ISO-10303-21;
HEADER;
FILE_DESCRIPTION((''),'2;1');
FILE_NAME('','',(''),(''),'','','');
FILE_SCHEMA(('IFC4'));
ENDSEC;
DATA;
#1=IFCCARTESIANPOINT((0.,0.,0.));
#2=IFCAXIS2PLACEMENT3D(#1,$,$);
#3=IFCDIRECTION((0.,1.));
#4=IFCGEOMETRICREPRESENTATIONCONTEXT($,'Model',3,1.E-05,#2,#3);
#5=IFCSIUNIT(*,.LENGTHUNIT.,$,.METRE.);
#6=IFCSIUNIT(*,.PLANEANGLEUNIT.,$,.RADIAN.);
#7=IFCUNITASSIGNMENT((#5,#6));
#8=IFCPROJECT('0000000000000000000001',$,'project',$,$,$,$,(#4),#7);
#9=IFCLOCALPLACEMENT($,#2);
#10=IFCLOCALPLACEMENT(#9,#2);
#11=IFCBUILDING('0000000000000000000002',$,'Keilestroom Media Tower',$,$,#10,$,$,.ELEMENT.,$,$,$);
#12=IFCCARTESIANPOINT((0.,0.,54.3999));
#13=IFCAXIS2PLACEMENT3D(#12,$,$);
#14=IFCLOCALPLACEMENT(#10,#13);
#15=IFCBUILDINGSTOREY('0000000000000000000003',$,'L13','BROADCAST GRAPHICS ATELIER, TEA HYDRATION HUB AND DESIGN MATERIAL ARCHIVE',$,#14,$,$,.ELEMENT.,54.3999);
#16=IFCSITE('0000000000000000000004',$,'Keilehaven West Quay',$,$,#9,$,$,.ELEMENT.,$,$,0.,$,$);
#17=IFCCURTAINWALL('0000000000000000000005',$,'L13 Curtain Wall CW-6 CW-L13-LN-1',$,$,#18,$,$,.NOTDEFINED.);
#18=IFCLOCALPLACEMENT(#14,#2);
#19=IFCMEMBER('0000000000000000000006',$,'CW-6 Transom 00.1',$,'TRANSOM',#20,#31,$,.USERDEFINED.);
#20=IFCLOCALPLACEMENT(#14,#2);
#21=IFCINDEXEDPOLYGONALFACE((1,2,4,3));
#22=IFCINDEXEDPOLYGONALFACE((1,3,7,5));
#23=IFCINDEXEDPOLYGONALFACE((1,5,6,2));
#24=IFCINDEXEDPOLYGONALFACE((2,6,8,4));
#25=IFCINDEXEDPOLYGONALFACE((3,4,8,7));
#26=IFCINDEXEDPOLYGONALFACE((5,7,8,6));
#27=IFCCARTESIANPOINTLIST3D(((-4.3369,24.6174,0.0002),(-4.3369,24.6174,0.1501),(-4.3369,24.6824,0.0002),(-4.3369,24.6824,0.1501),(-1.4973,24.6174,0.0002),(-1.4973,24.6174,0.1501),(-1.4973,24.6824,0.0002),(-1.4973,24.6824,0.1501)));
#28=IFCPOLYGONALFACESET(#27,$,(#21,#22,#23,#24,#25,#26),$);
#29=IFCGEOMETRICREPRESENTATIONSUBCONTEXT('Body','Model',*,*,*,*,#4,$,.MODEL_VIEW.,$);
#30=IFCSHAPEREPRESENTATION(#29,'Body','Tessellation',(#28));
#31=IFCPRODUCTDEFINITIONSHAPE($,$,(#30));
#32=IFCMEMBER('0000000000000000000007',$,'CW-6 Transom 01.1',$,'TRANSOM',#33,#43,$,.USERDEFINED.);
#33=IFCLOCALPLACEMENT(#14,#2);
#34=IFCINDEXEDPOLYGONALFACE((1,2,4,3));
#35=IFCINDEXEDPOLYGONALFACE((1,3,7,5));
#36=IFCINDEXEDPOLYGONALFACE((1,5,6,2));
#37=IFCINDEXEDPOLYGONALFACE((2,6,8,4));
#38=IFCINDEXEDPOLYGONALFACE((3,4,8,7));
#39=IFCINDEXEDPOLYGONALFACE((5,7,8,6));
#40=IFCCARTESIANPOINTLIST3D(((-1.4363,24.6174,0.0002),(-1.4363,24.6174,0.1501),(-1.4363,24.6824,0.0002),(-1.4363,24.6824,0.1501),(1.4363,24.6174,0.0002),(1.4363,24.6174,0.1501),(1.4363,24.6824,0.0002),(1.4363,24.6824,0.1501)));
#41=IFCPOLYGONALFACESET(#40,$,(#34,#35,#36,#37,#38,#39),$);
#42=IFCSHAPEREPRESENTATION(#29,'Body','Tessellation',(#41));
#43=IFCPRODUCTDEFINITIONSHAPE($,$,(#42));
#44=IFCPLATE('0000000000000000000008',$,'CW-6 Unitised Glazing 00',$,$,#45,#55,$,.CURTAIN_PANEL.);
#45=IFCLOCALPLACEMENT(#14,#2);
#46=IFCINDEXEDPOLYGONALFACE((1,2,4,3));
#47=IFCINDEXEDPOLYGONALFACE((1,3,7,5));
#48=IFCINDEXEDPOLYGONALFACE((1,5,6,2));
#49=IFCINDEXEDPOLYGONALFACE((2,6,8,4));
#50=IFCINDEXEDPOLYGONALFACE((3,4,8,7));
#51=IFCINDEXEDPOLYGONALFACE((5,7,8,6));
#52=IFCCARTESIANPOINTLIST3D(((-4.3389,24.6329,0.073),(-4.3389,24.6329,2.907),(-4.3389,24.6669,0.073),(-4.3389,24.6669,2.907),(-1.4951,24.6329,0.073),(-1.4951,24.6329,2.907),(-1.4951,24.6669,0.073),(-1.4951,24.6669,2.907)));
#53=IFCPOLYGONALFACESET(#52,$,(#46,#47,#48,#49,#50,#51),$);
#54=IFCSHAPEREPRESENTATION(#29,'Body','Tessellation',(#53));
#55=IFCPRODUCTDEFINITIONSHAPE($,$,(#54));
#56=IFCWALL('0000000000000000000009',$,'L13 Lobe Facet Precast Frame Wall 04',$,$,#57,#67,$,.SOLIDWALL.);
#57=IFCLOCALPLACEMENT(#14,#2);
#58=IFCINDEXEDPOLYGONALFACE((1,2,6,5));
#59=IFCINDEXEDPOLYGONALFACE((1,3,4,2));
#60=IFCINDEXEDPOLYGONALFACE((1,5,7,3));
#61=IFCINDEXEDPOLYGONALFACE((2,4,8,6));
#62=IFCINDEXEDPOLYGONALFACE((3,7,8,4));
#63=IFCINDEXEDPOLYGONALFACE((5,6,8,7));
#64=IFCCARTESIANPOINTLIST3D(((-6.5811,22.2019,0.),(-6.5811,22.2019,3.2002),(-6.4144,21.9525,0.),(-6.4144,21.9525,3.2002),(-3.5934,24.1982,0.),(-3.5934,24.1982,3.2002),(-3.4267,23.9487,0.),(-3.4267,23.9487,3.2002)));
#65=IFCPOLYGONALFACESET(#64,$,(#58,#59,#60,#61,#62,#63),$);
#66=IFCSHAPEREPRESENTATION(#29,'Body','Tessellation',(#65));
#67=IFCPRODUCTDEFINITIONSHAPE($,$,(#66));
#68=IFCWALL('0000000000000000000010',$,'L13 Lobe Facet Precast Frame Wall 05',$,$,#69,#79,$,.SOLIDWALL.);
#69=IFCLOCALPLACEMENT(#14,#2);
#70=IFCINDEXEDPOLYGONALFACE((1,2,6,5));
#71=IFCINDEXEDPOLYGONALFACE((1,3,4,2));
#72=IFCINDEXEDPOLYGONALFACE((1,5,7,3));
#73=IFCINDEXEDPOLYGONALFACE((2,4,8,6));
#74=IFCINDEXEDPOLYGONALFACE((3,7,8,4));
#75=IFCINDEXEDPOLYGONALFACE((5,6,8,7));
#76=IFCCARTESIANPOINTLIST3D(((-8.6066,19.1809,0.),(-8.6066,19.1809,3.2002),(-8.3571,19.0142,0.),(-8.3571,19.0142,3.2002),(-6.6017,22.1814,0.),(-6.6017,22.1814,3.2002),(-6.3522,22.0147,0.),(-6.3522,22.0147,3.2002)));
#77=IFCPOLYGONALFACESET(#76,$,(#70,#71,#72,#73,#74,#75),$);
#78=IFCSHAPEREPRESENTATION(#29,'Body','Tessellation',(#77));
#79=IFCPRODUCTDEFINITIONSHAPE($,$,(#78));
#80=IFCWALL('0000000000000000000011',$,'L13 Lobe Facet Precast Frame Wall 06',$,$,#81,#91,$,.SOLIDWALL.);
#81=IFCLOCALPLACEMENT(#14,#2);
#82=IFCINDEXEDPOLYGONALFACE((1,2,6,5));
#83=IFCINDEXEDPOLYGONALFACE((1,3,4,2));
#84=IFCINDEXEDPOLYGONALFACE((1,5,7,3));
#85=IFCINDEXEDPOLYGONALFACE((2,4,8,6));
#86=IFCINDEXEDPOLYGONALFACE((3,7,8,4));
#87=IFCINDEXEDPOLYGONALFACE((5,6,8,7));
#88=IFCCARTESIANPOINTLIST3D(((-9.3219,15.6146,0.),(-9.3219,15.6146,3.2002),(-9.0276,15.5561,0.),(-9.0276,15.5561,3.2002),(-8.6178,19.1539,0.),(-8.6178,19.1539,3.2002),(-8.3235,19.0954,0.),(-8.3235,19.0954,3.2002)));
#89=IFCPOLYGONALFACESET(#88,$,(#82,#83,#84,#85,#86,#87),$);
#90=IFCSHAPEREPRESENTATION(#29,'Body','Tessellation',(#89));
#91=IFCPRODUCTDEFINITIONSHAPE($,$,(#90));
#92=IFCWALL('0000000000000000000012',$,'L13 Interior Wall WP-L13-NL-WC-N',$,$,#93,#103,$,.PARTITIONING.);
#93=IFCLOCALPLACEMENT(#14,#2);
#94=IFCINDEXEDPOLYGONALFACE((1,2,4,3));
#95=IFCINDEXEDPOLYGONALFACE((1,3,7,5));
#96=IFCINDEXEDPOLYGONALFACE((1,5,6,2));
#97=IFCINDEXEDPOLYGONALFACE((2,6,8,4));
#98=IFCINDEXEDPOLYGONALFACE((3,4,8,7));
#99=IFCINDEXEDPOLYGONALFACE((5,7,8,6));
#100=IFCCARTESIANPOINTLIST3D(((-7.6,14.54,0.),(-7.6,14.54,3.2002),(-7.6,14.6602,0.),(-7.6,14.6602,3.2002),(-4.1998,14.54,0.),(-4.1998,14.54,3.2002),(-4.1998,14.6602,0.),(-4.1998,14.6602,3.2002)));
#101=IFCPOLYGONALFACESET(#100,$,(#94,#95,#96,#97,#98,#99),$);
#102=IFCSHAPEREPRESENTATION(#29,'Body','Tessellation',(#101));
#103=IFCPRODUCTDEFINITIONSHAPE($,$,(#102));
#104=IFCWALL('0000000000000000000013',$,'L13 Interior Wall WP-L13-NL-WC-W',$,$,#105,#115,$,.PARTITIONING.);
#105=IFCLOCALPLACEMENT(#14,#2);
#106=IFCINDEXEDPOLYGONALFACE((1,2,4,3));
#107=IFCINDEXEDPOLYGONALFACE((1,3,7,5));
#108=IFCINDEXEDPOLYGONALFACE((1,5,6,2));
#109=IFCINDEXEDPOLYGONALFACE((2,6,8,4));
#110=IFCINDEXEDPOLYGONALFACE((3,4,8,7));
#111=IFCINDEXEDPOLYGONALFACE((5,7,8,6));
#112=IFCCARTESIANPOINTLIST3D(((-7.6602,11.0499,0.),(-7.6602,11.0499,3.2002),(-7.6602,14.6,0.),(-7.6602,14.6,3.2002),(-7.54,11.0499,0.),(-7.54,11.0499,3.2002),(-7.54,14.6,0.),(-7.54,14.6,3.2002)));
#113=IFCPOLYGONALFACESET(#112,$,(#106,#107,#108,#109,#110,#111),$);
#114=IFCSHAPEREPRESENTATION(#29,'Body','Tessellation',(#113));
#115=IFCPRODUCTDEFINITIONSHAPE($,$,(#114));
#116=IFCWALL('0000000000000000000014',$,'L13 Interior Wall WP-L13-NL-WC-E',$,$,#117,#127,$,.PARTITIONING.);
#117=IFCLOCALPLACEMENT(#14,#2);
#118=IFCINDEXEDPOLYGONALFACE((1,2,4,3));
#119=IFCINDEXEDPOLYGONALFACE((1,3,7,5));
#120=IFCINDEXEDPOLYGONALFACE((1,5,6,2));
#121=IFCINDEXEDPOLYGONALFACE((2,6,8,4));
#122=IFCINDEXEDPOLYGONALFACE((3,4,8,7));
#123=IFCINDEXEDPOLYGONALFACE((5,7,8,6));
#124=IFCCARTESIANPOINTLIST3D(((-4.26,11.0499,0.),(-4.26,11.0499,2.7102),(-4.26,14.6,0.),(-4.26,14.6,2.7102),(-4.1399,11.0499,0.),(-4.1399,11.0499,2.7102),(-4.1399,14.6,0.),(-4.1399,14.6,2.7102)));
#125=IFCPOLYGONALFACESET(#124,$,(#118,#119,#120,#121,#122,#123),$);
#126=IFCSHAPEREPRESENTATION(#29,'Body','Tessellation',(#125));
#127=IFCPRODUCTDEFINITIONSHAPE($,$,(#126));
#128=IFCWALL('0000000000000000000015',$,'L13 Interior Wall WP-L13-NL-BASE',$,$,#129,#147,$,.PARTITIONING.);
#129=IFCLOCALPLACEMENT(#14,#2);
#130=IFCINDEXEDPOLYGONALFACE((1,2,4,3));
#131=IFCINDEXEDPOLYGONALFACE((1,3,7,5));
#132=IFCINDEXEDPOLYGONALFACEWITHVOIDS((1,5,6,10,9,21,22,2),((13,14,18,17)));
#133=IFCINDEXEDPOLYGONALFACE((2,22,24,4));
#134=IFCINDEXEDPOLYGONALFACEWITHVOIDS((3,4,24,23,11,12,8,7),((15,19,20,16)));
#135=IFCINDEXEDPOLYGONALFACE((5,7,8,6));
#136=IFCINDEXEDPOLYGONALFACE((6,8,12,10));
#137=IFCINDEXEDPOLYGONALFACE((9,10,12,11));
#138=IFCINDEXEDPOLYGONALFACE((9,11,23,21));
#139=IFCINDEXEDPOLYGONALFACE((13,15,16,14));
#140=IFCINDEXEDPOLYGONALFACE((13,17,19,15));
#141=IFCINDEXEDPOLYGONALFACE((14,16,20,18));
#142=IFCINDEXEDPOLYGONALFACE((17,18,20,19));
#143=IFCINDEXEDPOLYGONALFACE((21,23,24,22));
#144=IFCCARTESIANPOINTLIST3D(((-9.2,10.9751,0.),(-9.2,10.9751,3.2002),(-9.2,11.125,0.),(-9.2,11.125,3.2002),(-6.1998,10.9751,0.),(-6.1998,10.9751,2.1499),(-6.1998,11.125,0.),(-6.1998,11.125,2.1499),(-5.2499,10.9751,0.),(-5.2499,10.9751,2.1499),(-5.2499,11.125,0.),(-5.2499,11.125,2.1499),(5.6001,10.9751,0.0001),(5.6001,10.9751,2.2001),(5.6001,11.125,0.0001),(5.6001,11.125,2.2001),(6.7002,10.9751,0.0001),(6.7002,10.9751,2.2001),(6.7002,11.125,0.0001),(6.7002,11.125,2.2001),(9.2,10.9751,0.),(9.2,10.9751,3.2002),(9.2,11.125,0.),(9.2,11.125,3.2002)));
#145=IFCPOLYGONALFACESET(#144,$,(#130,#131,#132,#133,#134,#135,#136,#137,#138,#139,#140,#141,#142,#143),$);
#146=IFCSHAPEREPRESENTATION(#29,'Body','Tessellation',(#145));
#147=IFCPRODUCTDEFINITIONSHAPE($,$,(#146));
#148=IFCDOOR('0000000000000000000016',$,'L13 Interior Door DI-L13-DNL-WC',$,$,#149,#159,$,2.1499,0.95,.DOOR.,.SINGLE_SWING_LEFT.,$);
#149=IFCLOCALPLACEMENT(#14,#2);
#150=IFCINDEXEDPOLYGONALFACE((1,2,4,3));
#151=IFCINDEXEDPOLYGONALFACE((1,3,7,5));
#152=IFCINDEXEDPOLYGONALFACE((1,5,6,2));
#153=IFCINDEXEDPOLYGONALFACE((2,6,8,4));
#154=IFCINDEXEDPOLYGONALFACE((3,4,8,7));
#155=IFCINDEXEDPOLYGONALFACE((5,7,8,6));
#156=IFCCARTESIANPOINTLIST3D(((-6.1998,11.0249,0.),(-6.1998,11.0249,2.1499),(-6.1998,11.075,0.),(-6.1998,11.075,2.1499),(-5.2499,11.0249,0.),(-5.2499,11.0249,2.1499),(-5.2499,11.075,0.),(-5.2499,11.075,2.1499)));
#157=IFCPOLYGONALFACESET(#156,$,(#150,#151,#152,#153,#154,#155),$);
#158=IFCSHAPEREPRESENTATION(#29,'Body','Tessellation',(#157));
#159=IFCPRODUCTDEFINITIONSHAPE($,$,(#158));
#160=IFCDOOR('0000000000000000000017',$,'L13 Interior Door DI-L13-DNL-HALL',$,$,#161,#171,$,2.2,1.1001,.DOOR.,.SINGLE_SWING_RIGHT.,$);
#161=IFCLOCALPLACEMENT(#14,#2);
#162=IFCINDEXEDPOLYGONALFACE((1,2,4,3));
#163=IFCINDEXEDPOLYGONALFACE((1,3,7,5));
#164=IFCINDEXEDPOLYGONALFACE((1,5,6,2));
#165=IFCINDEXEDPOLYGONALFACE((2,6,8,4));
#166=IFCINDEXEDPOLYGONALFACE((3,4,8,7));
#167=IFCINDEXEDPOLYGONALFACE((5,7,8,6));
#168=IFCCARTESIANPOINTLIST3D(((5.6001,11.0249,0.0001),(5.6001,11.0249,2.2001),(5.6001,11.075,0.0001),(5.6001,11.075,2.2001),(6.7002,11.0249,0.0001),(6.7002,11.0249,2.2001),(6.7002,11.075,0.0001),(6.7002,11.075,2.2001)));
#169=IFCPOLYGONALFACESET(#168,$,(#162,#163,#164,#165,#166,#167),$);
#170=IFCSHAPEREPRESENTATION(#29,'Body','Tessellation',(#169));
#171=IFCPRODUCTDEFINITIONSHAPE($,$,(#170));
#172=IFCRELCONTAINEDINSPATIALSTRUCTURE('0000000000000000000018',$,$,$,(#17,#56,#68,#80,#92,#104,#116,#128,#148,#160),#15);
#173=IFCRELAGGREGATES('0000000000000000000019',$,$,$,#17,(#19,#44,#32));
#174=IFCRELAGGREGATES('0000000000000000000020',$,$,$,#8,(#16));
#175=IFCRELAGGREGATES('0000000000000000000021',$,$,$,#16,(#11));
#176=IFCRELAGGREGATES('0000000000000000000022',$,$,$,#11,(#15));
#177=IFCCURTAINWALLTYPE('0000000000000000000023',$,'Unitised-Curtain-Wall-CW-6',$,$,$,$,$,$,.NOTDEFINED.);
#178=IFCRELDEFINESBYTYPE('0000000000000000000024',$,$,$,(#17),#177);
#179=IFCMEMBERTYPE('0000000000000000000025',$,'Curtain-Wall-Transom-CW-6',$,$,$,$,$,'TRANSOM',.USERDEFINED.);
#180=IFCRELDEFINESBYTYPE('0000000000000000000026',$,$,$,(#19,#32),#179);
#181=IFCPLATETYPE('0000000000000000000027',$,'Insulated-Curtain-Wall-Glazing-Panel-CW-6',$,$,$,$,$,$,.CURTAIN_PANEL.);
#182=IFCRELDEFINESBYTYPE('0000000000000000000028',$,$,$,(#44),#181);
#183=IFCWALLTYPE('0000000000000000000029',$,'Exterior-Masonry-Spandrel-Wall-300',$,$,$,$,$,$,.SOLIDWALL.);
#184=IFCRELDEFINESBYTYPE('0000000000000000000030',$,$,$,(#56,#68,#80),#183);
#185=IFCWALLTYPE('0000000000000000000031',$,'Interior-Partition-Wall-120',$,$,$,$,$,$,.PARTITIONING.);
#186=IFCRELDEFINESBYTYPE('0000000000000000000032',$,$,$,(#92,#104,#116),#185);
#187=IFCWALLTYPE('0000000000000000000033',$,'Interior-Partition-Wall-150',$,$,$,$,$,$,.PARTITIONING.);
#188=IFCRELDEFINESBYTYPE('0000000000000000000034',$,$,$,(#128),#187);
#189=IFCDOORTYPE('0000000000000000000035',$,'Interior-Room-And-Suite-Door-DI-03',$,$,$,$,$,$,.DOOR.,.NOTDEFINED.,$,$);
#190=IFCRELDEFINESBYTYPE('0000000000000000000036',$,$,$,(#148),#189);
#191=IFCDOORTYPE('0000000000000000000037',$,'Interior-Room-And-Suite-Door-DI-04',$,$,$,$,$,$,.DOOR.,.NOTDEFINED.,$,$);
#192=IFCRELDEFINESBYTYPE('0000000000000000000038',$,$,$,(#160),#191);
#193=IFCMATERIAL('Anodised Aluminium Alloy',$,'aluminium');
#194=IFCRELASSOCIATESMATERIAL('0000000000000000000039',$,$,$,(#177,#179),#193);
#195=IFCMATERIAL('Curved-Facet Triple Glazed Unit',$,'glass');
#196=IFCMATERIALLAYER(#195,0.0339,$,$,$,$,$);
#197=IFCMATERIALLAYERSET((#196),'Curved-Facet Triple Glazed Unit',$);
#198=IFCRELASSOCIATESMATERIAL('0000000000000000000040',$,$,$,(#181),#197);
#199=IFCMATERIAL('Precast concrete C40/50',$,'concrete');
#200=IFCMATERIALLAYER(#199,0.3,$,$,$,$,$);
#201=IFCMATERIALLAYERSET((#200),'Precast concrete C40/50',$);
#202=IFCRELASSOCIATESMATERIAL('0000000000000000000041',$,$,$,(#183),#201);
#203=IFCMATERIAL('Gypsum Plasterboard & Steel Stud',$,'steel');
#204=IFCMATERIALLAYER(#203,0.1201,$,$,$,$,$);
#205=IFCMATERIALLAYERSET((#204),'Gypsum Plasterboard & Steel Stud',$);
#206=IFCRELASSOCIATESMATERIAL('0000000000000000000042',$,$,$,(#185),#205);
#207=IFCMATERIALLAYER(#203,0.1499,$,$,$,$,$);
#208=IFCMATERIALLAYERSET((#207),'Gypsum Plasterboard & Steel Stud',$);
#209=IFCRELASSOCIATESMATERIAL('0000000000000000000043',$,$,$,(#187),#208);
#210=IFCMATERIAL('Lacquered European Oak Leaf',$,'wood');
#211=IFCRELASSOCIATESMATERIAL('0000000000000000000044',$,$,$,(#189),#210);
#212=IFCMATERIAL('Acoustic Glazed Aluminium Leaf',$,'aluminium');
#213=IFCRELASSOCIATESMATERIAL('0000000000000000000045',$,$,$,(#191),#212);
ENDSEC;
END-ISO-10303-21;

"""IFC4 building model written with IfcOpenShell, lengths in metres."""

from ifc_helpers import new_model, si_unit, direction, frame, frame_2d, origin, origin_2d, place, context, subcontext, project, spatial, rectangle, extrude, source, transform, mapped, material, layer, layer_set, material_profile, profile_set, type_object, element, fill, aggregate, save


model = new_model("IFC4")

# Units and contexts
model_context = context("Model", 3, precision=1e-05, world=origin(), true_north=direction((0.0, 1.0)))
body_context = subcontext(model_context, "Body", "Model", "MODEL_VIEW")
ifc_project = project(units=[si_unit("LENGTHUNIT", "METRE"), si_unit("PLANEANGLEUNIT", "RADIAN")], contexts=[model_context])

# Site, building, storey
site_placement = place(None, origin())
site = spatial("IfcSite", under=ifc_project, at=site_placement, Name="Keilehaven West Quay", CompositionType="ELEMENT", RefElevation=0.0)
building_placement = place(site_placement, origin())
building = spatial("IfcBuilding", under=site, at=building_placement, Name="Keilestroom Media Tower", CompositionType="ELEMENT")
storey_placement = place(building_placement, frame((0.0, 0.0, 54.3999)))
storey = spatial("IfcBuildingStorey", under=building, at=storey_placement, Name="L13", Description="BROADCAST GRAPHICS ATELIER, TEA HYDRATION HUB AND DESIGN MATERIAL ARCHIVE", CompositionType="ELEMENT", Elevation=54.3999)

# Curtain wall, members, plate
ifc_material_1 = material(Name="Anodised Aluminium Alloy", Category="aluminium")
curtain_wall_type = type_object("IfcCurtainWallType", Name="Unitised-Curtain-Wall-CW-6", PredefinedType="NOTDEFINED", material=ifc_material_1)
curtain_wall_placement = place(storey_placement, origin())
curtain_wall = element("IfcCurtainWall", 1, at=curtain_wall_placement, inside=storey, type_object=curtain_wall_type, Name="L13 Curtain Wall CW-6 CW-L13-LN-1", PredefinedType="NOTDEFINED")
ifc_material_profile_1 = material_profile(ifc_material_1, rectangle(XDim=0.0649, YDim=0.1499, at=origin_2d()), Name="ALU TRANSOM 65x150")
ifc_profile_set_1 = profile_set([ifc_material_profile_1], Name="Anodised Aluminium Alloy")
member_type_1 = type_object("IfcMemberType", Name="Curtain-Wall-Transom-CW-6", ElementType="TRANSOM", PredefinedType="USERDEFINED", material=ifc_profile_set_1)
shared_shape_1 = source(origin(), body_context, "Body", "SweptSolid", [
    extrude(rectangle(XDim=0.0649, YDim=0.1499, at=origin_2d()), origin(), (0.0, 0.0, 1.0), 2.8396),
])
member_1_placement = place(storey_placement, frame((-4.3369, 24.6499, 0.0752), z_axis=(1.0, 0.0, 0.0), x_axis=(0.0, 1.0, 0.0)))
member_1 = element("IfcMember", 2, at=member_1_placement, type_object=member_type_1, Name="CW-6 Transom 00.1", ObjectType="TRANSOM", PredefinedType="USERDEFINED", context=body_context, shape_type="MappedRepresentation", body=[
    mapped(shared_shape_1, transform((0.0, 0.0, 0.0), x_axis=(1.0, 0.0, 0.0), y_axis=(0.0, 1.0, 0.0), z_axis=(0.0, 0.0, 1.0), scale=1.0)),
])
shared_shape_2 = source(origin(), body_context, "Body", "SweptSolid", [
    extrude(rectangle(XDim=0.0649, YDim=0.1499, at=origin_2d()), origin(), (0.0, 0.0, 1.0), 2.8726),
])
member_2_placement = place(storey_placement, frame((-1.4363, 24.6499, 0.0752), z_axis=(1.0, 0.0, 0.0), x_axis=(0.0, 1.0, 0.0)))
member_2 = element("IfcMember", 3, at=member_2_placement, type_object=member_type_1, Name="CW-6 Transom 01.1", ObjectType="TRANSOM", PredefinedType="USERDEFINED", context=body_context, shape_type="MappedRepresentation", body=[
    mapped(shared_shape_2, transform((0.0, 0.0, 0.0), x_axis=(1.0, 0.0, 0.0), y_axis=(0.0, 1.0, 0.0), z_axis=(0.0, 0.0, 1.0), scale=1.0)),
])
ifc_material_2 = material(Name="Curved-Facet Triple Glazed Unit", Category="glass")
ifc_layer_1 = layer(ifc_material_2, 0.0339)
ifc_layer_set_1 = layer_set([ifc_layer_1], Name="Curved-Facet Triple Glazed Unit")
plate_type = type_object("IfcPlateType", Name="Insulated-Curtain-Wall-Glazing-Panel-CW-6", PredefinedType="CURTAIN_PANEL", material=ifc_layer_set_1)
shared_shape_3 = source(origin(), body_context, "Body", "SweptSolid", [
    extrude(rectangle(XDim=2.8438, YDim=0.0339, at=origin_2d()), origin(), (0.0, 0.0, 1.0), 2.834),
])
plate_placement = place(storey_placement, frame((-2.917, 24.6499, 0.073), z_axis=(0.0, 0.0, 1.0), x_axis=(1.0, 0.0, 0.0)))
plate = element("IfcPlate", 4, at=plate_placement, type_object=plate_type, Name="CW-6 Unitised Glazing 00", PredefinedType="CURTAIN_PANEL", context=body_context, shape_type="MappedRepresentation", body=[
    mapped(shared_shape_3, transform((0.0, 0.0, 0.0), x_axis=(1.0, 0.0, 0.0), y_axis=(0.0, 1.0, 0.0), z_axis=(0.0, 0.0, 1.0), scale=1.0)),
])
aggregate(curtain_wall, [member_1, plate, member_2])

# Walls
ifc_material_3 = material(Name="Precast concrete C40/50", Category="concrete")
ifc_layer_2 = layer(ifc_material_3, 0.3)
ifc_layer_set_2 = layer_set([ifc_layer_2], Name="Precast concrete C40/50")
wall_type_1 = type_object("IfcWallType", Name="Exterior-Masonry-Spandrel-Wall-300", PredefinedType="SOLIDWALL", material=ifc_layer_set_2)
wall_1_placement = place(storey_placement, frame((-3.51, 24.0735, 0.0), z_axis=(0.0, 0.0, 1.0), x_axis=(-0.831475, -0.555562, 0.0)))
element("IfcWall", 5, at=wall_1_placement, inside=storey, type_object=wall_type_1, Name="L13 Lobe Facet Precast Frame Wall 04", PredefinedType="SOLIDWALL", context=body_context, shape_type="SweptSolid", body=[
    extrude(rectangle(XDim=3.5933, YDim=0.3, at=frame_2d((1.7966, 0.0))), origin(), (0.0, 0.0, 1.0), 3.2002),
])
for number, where, z_axis, x_axis, name in (
    (6, (-6.4771, 22.0979, 0.0), (0.0, 0.0, 1.0), (-0.555574, -0.831467, 0.0), "L13 Lobe Facet Precast Frame Wall 05"),
    (7, (-8.4707, 19.1245, 0.0), (0.0, 0.0, 1.0), (-0.195114, -0.980781, 0.0), "L13 Lobe Facet Precast Frame Wall 06"),
):
    element("IfcWall", number, at=place(storey_placement, frame(where, z_axis=z_axis, x_axis=x_axis)), inside=storey, type_object=wall_type_1, Name=name, PredefinedType="SOLIDWALL", context=body_context, shape_type="SweptSolid", body=[
        extrude(rectangle(XDim=3.6086, YDim=0.3, at=frame_2d((1.8042, 0.0))), origin(), (0.0, 0.0, 1.0), 3.2002),
    ])
ifc_material_4 = material(Name="Gypsum Plasterboard & Steel Stud", Category="steel")
ifc_layer_3 = layer(ifc_material_4, 0.1201)
ifc_layer_set_3 = layer_set([ifc_layer_3], Name="Gypsum Plasterboard & Steel Stud")
wall_type_2 = type_object("IfcWallType", Name="Interior-Partition-Wall-120", PredefinedType="PARTITIONING", material=ifc_layer_set_3)
wall_2_placement = place(storey_placement, frame((-7.6001, 14.6001, 0.0), z_axis=(0.0, 0.0, 1.0), x_axis=(1.0, 0.0, 0.0)))
element("IfcWall", 8, at=wall_2_placement, inside=storey, type_object=wall_type_2, Name="L13 Interior Wall WP-L13-NL-WC-N", PredefinedType="PARTITIONING", context=body_context, shape_type="SweptSolid", body=[
    extrude(rectangle(XDim=3.4001, YDim=0.1201, at=frame_2d((1.7002, 0.0))), origin(), (0.0, 0.0, 1.0), 3.2002),
])
wall_3_placement = place(storey_placement, frame((-7.6001, 11.05, 0.0), z_axis=(0.0, 0.0, 1.0), x_axis=(0.0, 1.0, 0.0)))
element("IfcWall", 9, at=wall_3_placement, inside=storey, type_object=wall_type_2, Name="L13 Interior Wall WP-L13-NL-WC-W", PredefinedType="PARTITIONING", context=body_context, shape_type="SweptSolid", body=[
    extrude(rectangle(XDim=3.55, YDim=0.1201, at=frame_2d((1.7749, 0.0))), origin(), (0.0, 0.0, 1.0), 3.2002),
])
wall_4_placement = place(storey_placement, frame((-4.2, 11.05, 0.0), z_axis=(0.0, 0.0, 1.0), x_axis=(0.0, 1.0, 0.0)))
element("IfcWall", 10, at=wall_4_placement, inside=storey, type_object=wall_type_2, Name="L13 Interior Wall WP-L13-NL-WC-E", PredefinedType="PARTITIONING", context=body_context, shape_type="SweptSolid", body=[
    extrude(rectangle(XDim=3.55, YDim=0.1201, at=frame_2d((1.7749, 0.0))), origin(), (0.0, 0.0, 1.0), 2.7102),
])

# Wall, openings, doors
ifc_layer_4 = layer(ifc_material_4, 0.1499)
ifc_layer_set_4 = layer_set([ifc_layer_4], Name="Gypsum Plasterboard & Steel Stud")
wall_type_3 = type_object("IfcWallType", Name="Interior-Partition-Wall-150", PredefinedType="PARTITIONING", material=ifc_layer_set_4)
wall_5_placement = place(storey_placement, frame((-9.2, 11.05, 0.0), z_axis=(0.0, 0.0, 1.0), x_axis=(1.0, 0.0, 0.0)))
wall_5 = element("IfcWall", 11, at=wall_5_placement, inside=storey, type_object=wall_type_3, Name="L13 Interior Wall WP-L13-NL-BASE", PredefinedType="PARTITIONING", context=body_context, shape_type="SweptSolid", body=[
    extrude(rectangle(XDim=18.3999, YDim=0.1499, at=frame_2d((9.2, 0.0))), origin(), (0.0, 0.0, 1.0), 3.2002),
])
opening_1_placement = place(wall_5_placement, frame((3.0, 0.0, 0.0)))
opening_1 = element("IfcOpeningElement", 12, at=opening_1_placement, cuts=wall_5, PredefinedType="OPENING", context=body_context, shape_type="SweptSolid", body=[
    extrude(rectangle(XDim=0.95, YDim=2.1499, at=frame_2d((0.4751, 1.075))), frame((0.0, 0.085, 0.0), z_axis=(0.0, -1.0, 0.0), x_axis=(1.0, 0.0, 0.0)), (0.0, 0.0, 1.0), 0.1699),
])
opening_2_placement = place(wall_5_placement, frame((14.8, 0.0, 0.0)))
opening_2 = element("IfcOpeningElement", 13, at=opening_2_placement, cuts=wall_5, PredefinedType="OPENING", context=body_context, shape_type="SweptSolid", body=[
    extrude(rectangle(XDim=1.1001, YDim=2.2, at=frame_2d((0.55, 1.1001))), frame((0.0, 0.085, 0.0), z_axis=(0.0, -1.0, 0.0), x_axis=(1.0, 0.0, 0.0)), (0.0, 0.0, 1.0), 0.1699),
])
ifc_material_5 = material(Name="Lacquered European Oak Leaf", Category="wood")
door_type_1 = type_object("IfcDoorType", Name="Interior-Room-And-Suite-Door-DI-03", OperationType="NOTDEFINED", PredefinedType="DOOR", material=ifc_material_5)
shared_shape_4 = source(origin(), body_context, "Body", "SweptSolid", [
    extrude(rectangle(XDim=0.95, YDim=2.1499, at=frame_2d((0.4751, 1.075))), frame((0.0, 0.0249, 0.0), z_axis=(0.0, -1.0, 0.0), x_axis=(1.0, 0.0, 0.0)), (0.0, 0.0, 1.0), 0.05),
])
door_1_placement = place(opening_1_placement, origin())
door_1 = element("IfcDoor", 14, at=door_1_placement, inside=storey, type_object=door_type_1, Name="L13 Interior Door DI-L13-DNL-WC", OperationType="SINGLE_SWING_LEFT", OverallHeight=2.1499, OverallWidth=0.95, PredefinedType="DOOR", context=body_context, shape_type="MappedRepresentation", body=[
    mapped(shared_shape_4, transform((0.0, 0.0, 0.0), x_axis=(1.0, 0.0, 0.0), y_axis=(0.0, 1.0, 0.0), z_axis=(0.0, 0.0, 1.0), scale=1.0)),
])
fill(opening_1, door_1)
ifc_material_6 = material(Name="Acoustic Glazed Aluminium Leaf", Category="aluminium")
door_type_2 = type_object("IfcDoorType", Name="Interior-Room-And-Suite-Door-DI-04", OperationType="NOTDEFINED", PredefinedType="DOOR", material=ifc_material_6)
shared_shape_5 = source(origin(), body_context, "Body", "SweptSolid", [
    extrude(rectangle(XDim=1.1001, YDim=2.2, at=frame_2d((0.55, 1.1001))), frame((0.0, 0.0249, 0.0), z_axis=(0.0, -1.0, 0.0), x_axis=(1.0, 0.0, 0.0)), (0.0, 0.0, 1.0), 0.05),
])
door_2_placement = place(opening_2_placement, origin())
door_2 = element("IfcDoor", 15, at=door_2_placement, inside=storey, type_object=door_type_2, Name="L13 Interior Door DI-L13-DNL-HALL", OperationType="SINGLE_SWING_RIGHT", OverallHeight=2.2, OverallWidth=1.1001, PredefinedType="DOOR", context=body_context, shape_type="MappedRepresentation", body=[
    mapped(shared_shape_5, transform((0.0, 0.0, 0.0), x_axis=(1.0, 0.0, 0.0), y_axis=(0.0, 1.0, 0.0), z_axis=(0.0, 0.0, 1.0), scale=1.0)),
])
fill(opening_2, door_2)

save(model, "model.ifc")
